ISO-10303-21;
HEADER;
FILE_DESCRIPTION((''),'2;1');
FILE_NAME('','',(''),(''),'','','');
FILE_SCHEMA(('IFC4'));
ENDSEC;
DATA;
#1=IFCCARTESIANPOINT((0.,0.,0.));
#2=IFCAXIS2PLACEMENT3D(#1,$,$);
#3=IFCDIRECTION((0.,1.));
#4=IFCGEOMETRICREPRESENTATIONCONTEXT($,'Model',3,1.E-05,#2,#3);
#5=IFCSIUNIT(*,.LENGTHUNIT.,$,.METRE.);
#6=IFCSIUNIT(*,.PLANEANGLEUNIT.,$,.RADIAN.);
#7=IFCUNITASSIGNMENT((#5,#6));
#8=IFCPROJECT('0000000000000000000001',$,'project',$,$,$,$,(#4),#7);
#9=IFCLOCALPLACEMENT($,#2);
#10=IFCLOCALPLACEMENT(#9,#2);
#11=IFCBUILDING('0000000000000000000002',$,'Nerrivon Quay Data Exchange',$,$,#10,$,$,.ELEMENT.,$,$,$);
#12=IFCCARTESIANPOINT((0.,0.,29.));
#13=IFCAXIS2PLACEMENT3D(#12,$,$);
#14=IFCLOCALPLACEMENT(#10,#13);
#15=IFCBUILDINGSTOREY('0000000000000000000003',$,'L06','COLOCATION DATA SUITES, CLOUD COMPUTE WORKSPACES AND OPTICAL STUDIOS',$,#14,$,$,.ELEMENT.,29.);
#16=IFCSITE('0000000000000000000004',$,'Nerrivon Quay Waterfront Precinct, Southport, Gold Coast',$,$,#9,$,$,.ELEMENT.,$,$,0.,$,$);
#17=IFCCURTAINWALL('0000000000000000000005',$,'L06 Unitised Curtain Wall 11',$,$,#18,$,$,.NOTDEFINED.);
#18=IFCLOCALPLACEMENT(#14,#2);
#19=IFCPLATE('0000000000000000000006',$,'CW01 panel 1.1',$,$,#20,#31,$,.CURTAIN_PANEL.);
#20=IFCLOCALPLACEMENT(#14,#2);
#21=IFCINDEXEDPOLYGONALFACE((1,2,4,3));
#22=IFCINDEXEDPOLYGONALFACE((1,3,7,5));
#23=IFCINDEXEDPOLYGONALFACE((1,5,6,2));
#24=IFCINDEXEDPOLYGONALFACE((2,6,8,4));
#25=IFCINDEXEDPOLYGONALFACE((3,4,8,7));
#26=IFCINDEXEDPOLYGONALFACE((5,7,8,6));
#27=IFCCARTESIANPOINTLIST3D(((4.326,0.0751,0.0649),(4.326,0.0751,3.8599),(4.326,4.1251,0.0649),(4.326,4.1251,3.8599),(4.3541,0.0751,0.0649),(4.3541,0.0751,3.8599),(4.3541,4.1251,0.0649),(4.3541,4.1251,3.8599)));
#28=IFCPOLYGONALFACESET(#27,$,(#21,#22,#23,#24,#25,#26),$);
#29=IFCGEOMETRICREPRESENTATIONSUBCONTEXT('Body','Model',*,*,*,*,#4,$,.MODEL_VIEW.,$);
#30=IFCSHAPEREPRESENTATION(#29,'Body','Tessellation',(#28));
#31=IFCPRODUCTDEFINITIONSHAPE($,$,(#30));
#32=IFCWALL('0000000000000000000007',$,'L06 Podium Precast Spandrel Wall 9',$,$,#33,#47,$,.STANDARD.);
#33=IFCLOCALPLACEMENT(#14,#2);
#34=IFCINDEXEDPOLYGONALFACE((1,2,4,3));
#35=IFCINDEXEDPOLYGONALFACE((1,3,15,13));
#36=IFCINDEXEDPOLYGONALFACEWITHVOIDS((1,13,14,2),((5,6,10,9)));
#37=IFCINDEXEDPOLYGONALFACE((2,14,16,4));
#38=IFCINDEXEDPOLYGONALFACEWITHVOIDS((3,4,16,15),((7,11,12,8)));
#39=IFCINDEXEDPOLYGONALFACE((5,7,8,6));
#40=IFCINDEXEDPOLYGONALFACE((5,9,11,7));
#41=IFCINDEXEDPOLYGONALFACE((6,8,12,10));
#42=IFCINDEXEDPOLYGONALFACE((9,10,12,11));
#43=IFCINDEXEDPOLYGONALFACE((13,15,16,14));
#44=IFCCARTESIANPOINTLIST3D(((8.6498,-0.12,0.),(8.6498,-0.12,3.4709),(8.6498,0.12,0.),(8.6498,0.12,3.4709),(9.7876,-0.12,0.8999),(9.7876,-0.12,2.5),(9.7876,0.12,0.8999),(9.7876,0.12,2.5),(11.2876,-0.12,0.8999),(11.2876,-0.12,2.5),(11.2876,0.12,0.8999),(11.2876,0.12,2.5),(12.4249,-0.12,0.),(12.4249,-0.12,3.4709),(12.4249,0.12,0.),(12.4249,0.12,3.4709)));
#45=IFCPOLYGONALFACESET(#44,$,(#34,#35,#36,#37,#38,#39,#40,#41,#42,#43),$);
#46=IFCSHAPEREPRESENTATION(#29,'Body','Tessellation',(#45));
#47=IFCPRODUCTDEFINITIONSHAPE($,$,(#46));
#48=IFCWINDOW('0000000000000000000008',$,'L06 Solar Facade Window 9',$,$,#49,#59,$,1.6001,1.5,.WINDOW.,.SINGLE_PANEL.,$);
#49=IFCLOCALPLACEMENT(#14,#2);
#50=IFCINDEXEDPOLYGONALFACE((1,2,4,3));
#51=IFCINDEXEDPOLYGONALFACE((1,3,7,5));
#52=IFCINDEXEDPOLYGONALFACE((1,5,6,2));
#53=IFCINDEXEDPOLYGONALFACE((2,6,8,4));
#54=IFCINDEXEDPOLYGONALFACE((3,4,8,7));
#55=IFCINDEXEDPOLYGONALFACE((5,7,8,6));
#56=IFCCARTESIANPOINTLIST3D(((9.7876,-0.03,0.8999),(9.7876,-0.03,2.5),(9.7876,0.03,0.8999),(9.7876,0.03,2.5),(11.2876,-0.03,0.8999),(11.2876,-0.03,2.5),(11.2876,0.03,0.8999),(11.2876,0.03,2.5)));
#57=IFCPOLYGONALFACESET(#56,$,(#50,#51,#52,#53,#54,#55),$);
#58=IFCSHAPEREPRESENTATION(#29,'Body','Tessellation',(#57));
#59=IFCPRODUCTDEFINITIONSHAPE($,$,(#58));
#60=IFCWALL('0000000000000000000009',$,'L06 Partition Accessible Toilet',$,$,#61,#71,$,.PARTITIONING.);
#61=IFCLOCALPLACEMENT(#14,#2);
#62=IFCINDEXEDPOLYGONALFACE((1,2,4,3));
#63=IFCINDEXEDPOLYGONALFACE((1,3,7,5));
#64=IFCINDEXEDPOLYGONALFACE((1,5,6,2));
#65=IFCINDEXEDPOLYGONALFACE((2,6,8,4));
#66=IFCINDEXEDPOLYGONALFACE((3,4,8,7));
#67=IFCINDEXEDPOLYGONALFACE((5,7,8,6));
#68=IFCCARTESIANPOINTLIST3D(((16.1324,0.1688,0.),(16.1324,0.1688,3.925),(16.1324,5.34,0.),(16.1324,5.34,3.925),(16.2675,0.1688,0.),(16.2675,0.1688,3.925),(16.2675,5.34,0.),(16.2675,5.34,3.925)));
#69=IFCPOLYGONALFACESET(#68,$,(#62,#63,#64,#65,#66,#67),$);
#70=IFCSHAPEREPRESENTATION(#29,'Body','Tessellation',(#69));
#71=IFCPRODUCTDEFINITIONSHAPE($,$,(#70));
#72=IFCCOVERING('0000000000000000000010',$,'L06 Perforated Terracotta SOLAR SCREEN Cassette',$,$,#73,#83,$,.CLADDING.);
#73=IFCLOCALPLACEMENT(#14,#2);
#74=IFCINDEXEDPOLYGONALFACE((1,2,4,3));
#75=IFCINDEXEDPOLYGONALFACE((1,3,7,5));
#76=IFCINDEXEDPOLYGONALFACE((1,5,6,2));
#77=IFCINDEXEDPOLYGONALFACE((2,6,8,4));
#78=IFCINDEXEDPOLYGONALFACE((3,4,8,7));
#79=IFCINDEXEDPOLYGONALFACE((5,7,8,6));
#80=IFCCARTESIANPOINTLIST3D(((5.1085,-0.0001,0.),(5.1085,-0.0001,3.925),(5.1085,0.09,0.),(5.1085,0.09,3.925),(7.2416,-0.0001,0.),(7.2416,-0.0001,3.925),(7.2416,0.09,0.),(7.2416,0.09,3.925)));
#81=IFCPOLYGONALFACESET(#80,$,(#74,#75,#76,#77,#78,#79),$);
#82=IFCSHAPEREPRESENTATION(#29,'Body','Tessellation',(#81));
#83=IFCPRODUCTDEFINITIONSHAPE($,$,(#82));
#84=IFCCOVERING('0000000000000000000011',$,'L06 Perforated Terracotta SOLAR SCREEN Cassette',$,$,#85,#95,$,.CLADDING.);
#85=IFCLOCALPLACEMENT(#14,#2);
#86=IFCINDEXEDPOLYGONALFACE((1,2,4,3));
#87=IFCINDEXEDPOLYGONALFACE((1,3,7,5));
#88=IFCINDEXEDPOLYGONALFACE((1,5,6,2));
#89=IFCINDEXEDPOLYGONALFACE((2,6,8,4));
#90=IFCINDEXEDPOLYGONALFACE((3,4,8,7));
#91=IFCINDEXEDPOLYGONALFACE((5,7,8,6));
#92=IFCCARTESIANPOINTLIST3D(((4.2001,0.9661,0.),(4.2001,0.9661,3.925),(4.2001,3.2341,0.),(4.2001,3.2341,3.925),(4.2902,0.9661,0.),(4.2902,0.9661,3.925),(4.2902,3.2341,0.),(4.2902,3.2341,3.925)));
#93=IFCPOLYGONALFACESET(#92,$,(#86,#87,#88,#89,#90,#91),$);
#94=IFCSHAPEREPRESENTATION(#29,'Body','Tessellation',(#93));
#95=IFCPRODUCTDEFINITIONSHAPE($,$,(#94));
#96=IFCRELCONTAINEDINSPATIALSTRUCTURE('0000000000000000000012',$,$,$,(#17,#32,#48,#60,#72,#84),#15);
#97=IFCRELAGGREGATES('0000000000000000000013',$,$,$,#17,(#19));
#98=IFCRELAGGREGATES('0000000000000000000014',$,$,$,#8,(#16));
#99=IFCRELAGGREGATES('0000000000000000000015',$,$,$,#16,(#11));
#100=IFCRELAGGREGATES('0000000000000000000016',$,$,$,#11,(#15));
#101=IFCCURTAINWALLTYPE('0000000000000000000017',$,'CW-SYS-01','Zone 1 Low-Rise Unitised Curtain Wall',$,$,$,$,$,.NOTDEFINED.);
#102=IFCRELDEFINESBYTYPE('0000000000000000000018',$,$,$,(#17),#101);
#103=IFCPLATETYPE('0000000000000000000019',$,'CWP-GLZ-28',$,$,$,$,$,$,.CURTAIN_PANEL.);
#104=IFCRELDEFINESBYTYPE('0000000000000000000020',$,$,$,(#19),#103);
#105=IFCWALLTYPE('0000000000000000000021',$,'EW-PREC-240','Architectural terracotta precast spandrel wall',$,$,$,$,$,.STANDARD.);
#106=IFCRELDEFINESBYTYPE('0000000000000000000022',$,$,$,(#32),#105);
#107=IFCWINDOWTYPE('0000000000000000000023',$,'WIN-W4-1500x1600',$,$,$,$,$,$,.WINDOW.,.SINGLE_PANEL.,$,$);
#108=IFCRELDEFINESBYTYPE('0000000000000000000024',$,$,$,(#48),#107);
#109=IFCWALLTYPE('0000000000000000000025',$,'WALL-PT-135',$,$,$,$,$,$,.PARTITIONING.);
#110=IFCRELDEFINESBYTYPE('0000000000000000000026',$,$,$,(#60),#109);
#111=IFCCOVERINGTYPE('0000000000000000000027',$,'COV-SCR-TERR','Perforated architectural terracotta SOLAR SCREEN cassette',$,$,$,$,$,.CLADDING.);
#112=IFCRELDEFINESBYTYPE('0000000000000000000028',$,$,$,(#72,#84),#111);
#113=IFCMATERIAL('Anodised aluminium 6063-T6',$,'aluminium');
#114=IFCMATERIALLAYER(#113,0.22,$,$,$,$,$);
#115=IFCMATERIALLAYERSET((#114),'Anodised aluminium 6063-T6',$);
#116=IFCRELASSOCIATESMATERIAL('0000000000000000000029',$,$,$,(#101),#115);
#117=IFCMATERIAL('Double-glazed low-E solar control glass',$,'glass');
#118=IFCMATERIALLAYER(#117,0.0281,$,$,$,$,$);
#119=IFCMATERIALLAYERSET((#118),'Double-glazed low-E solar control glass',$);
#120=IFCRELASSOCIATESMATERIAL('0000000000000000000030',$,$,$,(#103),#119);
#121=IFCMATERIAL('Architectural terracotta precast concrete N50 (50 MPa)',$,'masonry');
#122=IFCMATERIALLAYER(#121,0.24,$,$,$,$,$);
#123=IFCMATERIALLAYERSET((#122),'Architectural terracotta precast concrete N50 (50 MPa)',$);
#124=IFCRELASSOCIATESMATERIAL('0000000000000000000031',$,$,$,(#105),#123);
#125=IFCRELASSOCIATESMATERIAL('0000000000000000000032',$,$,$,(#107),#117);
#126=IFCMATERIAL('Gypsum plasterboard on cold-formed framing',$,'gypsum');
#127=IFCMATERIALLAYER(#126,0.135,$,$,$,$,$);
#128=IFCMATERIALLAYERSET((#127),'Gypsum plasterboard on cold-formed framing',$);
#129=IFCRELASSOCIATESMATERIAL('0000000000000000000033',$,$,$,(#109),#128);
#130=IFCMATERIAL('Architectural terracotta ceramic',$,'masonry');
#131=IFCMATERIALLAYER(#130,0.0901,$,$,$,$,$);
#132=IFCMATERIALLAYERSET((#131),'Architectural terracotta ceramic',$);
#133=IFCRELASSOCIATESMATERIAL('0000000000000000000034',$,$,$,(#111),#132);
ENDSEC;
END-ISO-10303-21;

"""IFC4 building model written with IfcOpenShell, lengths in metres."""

from ifc_helpers import new_model, si_unit, direction, frame, frame_2d, origin, origin_2d, place, context, subcontext, project, spatial, rectangle, extrude, material, layer, layer_set, type_object, element, fill, aggregate, save


model = new_model("IFC4")

# Units and contexts
model_context = context("Model", 3, precision=1e-05, world=origin(), true_north=direction((0.0, 1.0)))
body_context = subcontext(model_context, "Body", "Model", "MODEL_VIEW")
ifc_project = project(units=[si_unit("LENGTHUNIT", "METRE"), si_unit("PLANEANGLEUNIT", "RADIAN")], contexts=[model_context])

# Site, building, storey
site_placement = place(None, origin())
site = spatial("IfcSite", under=ifc_project, at=site_placement, Name="Nerrivon Quay Waterfront Precinct, Southport, Gold Coast", CompositionType="ELEMENT", RefElevation=0.0)
building_placement = place(site_placement, origin())
building = spatial("IfcBuilding", under=site, at=building_placement, Name="Nerrivon Quay Data Exchange", CompositionType="ELEMENT")
storey_placement = place(building_placement, frame((0.0, 0.0, 29.0)))
storey = spatial("IfcBuildingStorey", under=building, at=storey_placement, Name="L06", Description="COLOCATION DATA SUITES, CLOUD COMPUTE WORKSPACES AND OPTICAL STUDIOS", CompositionType="ELEMENT", Elevation=29.0)

# Shared definitions
ifc_material_1 = material(Name="Anodised aluminium 6063-T6", Category="aluminium")
ifc_layer_1 = layer(ifc_material_1, 0.22)
ifc_layer_set_1 = layer_set([ifc_layer_1], Name="Anodised aluminium 6063-T6")
curtain_wall_type = type_object("IfcCurtainWallType", Name="CW-SYS-01", Description="Zone 1 Low-Rise Unitised Curtain Wall", PredefinedType="NOTDEFINED", material=ifc_layer_set_1)

# Curtain wall
curtain_wall_1_placement = place(storey_placement, origin())
curtain_wall_1 = element("IfcCurtainWall", 1, at=curtain_wall_1_placement, inside=storey, type_object=curtain_wall_type, Name="L06 Unitised Curtain Wall 11", PredefinedType="NOTDEFINED")

# Plate
ifc_material_2 = material(Name="Double-glazed low-E solar control glass", Category="glass")
ifc_layer_2 = layer(ifc_material_2, 0.0281)
ifc_layer_set_2 = layer_set([ifc_layer_2], Name="Double-glazed low-E solar control glass")
plate_type = type_object("IfcPlateType", Name="CWP-GLZ-28", PredefinedType="CURTAIN_PANEL", material=ifc_layer_set_2)
plate_1_placement = place(storey_placement, frame((4.3401, 2.1001, 0.0649), z_axis=(0.0, 0.0, 1.0), x_axis=(0.0, 1.0, 0.0)))
plate_1 = element("IfcPlate", 2, at=plate_1_placement, type_object=plate_type, Name="CW01 panel 1.1", PredefinedType="CURTAIN_PANEL", context=body_context, shape_type="SweptSolid", body=[
    extrude(rectangle(XDim=4.05, YDim=0.0281, at=origin_2d()), origin(), (0.0, 0.0, 1.0), 3.7949),
])
aggregate(curtain_wall_1, [plate_1])

# Wall, opening, window
ifc_material_3 = material(Name="Architectural terracotta precast concrete N50 (50 MPa)", Category="masonry")
ifc_layer_3 = layer(ifc_material_3, 0.24)
ifc_layer_set_3 = layer_set([ifc_layer_3], Name="Architectural terracotta precast concrete N50 (50 MPa)")
wall_type_1 = type_object("IfcWallType", Name="EW-PREC-240", Description="Architectural terracotta precast spandrel wall", PredefinedType="STANDARD", material=ifc_layer_set_3)
wall_1_placement = place(storey_placement, frame((12.425, 0.0, 0.0), z_axis=(0.0, 0.0, 1.0), x_axis=(-1.0, 0.0, 0.0)))
wall_1 = element("IfcWall", 3, at=wall_1_placement, inside=storey, type_object=wall_type_1, Name="L06 Podium Precast Spandrel Wall 9", PredefinedType="STANDARD", context=body_context, shape_type="SweptSolid", body=[
    extrude(rectangle(XDim=3.7751, YDim=0.24, at=frame_2d((1.8877, 0.0))), origin(), (0.0, 0.0, 1.0), 3.4709),
])
opening_placement = place(wall_1_placement, frame((1.1375, 0.0, 0.8999)))
opening = element("IfcOpeningElement", 4, at=opening_placement, cuts=wall_1, PredefinedType="OPENING", context=body_context, shape_type="SweptSolid", body=[
    extrude(rectangle(XDim=1.5, YDim=1.6001, at=frame_2d((0.75, 0.8))), frame((0.0, 0.1299, 0.0), z_axis=(0.0, -1.0, 0.0), x_axis=(1.0, 0.0, 0.0)), (0.0, 0.0, 1.0), 0.26),
])
window_type = type_object("IfcWindowType", Name="WIN-W4-1500x1600", PartitioningType="SINGLE_PANEL", PredefinedType="WINDOW", material=ifc_material_2)
window_placement = place(opening_placement, origin())
window = element("IfcWindow", 5, at=window_placement, inside=storey, type_object=window_type, Name="L06 Solar Facade Window 9", OverallHeight=1.6001, OverallWidth=1.5, PartitioningType="SINGLE_PANEL", PredefinedType="WINDOW", context=body_context, shape_type="SweptSolid", body=[
    extrude(rectangle(XDim=1.5, YDim=1.6001, at=frame_2d((0.75, 0.8))), frame((0.0, 0.03, 0.0), z_axis=(0.0, -1.0, 0.0), x_axis=(1.0, 0.0, 0.0)), (0.0, 0.0, 1.0), 0.0601),
])
fill(opening, window)

# Wall
ifc_material_4 = material(Name="Gypsum plasterboard on cold-formed framing", Category="gypsum")
ifc_layer_4 = layer(ifc_material_4, 0.135)
ifc_layer_set_4 = layer_set([ifc_layer_4], Name="Gypsum plasterboard on cold-formed framing")
wall_type_2 = type_object("IfcWallType", Name="WALL-PT-135", PredefinedType="PARTITIONING", material=ifc_layer_set_4)
wall_2_placement = place(storey_placement, frame((16.2, 0.1689, 0.0), z_axis=(0.0, 0.0, 1.0), x_axis=(0.0, 1.0, 0.0)))
element("IfcWall", 6, at=wall_2_placement, inside=storey, type_object=wall_type_2, Name="L06 Partition Accessible Toilet", PredefinedType="PARTITIONING", context=body_context, shape_type="SweptSolid", body=[
    extrude(rectangle(XDim=5.1711, YDim=0.135, at=frame_2d((2.5854, 0.0))), origin(), (0.0, 0.0, 1.0), 3.925),
])

# Coverings
ifc_material_5 = material(Name="Architectural terracotta ceramic", Category="masonry")
ifc_layer_5 = layer(ifc_material_5, 0.0901)
ifc_layer_set_5 = layer_set([ifc_layer_5], Name="Architectural terracotta ceramic")
covering_type = type_object("IfcCoveringType", Name="COV-SCR-TERR", Description="Perforated architectural terracotta SOLAR SCREEN cassette", PredefinedType="CLADDING", material=ifc_layer_set_5)
covering_1_placement = place(storey_placement, frame((6.175, 0.0449, 0.0), z_axis=(0.0, 0.0, 1.0), x_axis=(-1.0, 0.0, 0.0)))
element("IfcCovering", 7, at=covering_1_placement, inside=storey, type_object=covering_type, Name="L06 Perforated Terracotta SOLAR SCREEN Cassette", PredefinedType="CLADDING", context=body_context, shape_type="SweptSolid", body=[
    extrude(rectangle(XDim=2.1331, YDim=0.0901, at=origin_2d()), origin(), (0.0, 0.0, 1.0), 3.925),
])
covering_2_placement = place(storey_placement, frame((4.2451, 2.1001, 0.0), z_axis=(0.0, 0.0, 1.0), x_axis=(0.0, 1.0, 0.0)))
element("IfcCovering", 8, at=covering_2_placement, inside=storey, type_object=covering_type, Name="L06 Perforated Terracotta SOLAR SCREEN Cassette", PredefinedType="CLADDING", context=body_context, shape_type="SweptSolid", body=[
    extrude(rectangle(XDim=2.2681, YDim=0.0901, at=origin_2d()), origin(), (0.0, 0.0, 1.0), 3.925),
])

save(model, "model.ifc")
